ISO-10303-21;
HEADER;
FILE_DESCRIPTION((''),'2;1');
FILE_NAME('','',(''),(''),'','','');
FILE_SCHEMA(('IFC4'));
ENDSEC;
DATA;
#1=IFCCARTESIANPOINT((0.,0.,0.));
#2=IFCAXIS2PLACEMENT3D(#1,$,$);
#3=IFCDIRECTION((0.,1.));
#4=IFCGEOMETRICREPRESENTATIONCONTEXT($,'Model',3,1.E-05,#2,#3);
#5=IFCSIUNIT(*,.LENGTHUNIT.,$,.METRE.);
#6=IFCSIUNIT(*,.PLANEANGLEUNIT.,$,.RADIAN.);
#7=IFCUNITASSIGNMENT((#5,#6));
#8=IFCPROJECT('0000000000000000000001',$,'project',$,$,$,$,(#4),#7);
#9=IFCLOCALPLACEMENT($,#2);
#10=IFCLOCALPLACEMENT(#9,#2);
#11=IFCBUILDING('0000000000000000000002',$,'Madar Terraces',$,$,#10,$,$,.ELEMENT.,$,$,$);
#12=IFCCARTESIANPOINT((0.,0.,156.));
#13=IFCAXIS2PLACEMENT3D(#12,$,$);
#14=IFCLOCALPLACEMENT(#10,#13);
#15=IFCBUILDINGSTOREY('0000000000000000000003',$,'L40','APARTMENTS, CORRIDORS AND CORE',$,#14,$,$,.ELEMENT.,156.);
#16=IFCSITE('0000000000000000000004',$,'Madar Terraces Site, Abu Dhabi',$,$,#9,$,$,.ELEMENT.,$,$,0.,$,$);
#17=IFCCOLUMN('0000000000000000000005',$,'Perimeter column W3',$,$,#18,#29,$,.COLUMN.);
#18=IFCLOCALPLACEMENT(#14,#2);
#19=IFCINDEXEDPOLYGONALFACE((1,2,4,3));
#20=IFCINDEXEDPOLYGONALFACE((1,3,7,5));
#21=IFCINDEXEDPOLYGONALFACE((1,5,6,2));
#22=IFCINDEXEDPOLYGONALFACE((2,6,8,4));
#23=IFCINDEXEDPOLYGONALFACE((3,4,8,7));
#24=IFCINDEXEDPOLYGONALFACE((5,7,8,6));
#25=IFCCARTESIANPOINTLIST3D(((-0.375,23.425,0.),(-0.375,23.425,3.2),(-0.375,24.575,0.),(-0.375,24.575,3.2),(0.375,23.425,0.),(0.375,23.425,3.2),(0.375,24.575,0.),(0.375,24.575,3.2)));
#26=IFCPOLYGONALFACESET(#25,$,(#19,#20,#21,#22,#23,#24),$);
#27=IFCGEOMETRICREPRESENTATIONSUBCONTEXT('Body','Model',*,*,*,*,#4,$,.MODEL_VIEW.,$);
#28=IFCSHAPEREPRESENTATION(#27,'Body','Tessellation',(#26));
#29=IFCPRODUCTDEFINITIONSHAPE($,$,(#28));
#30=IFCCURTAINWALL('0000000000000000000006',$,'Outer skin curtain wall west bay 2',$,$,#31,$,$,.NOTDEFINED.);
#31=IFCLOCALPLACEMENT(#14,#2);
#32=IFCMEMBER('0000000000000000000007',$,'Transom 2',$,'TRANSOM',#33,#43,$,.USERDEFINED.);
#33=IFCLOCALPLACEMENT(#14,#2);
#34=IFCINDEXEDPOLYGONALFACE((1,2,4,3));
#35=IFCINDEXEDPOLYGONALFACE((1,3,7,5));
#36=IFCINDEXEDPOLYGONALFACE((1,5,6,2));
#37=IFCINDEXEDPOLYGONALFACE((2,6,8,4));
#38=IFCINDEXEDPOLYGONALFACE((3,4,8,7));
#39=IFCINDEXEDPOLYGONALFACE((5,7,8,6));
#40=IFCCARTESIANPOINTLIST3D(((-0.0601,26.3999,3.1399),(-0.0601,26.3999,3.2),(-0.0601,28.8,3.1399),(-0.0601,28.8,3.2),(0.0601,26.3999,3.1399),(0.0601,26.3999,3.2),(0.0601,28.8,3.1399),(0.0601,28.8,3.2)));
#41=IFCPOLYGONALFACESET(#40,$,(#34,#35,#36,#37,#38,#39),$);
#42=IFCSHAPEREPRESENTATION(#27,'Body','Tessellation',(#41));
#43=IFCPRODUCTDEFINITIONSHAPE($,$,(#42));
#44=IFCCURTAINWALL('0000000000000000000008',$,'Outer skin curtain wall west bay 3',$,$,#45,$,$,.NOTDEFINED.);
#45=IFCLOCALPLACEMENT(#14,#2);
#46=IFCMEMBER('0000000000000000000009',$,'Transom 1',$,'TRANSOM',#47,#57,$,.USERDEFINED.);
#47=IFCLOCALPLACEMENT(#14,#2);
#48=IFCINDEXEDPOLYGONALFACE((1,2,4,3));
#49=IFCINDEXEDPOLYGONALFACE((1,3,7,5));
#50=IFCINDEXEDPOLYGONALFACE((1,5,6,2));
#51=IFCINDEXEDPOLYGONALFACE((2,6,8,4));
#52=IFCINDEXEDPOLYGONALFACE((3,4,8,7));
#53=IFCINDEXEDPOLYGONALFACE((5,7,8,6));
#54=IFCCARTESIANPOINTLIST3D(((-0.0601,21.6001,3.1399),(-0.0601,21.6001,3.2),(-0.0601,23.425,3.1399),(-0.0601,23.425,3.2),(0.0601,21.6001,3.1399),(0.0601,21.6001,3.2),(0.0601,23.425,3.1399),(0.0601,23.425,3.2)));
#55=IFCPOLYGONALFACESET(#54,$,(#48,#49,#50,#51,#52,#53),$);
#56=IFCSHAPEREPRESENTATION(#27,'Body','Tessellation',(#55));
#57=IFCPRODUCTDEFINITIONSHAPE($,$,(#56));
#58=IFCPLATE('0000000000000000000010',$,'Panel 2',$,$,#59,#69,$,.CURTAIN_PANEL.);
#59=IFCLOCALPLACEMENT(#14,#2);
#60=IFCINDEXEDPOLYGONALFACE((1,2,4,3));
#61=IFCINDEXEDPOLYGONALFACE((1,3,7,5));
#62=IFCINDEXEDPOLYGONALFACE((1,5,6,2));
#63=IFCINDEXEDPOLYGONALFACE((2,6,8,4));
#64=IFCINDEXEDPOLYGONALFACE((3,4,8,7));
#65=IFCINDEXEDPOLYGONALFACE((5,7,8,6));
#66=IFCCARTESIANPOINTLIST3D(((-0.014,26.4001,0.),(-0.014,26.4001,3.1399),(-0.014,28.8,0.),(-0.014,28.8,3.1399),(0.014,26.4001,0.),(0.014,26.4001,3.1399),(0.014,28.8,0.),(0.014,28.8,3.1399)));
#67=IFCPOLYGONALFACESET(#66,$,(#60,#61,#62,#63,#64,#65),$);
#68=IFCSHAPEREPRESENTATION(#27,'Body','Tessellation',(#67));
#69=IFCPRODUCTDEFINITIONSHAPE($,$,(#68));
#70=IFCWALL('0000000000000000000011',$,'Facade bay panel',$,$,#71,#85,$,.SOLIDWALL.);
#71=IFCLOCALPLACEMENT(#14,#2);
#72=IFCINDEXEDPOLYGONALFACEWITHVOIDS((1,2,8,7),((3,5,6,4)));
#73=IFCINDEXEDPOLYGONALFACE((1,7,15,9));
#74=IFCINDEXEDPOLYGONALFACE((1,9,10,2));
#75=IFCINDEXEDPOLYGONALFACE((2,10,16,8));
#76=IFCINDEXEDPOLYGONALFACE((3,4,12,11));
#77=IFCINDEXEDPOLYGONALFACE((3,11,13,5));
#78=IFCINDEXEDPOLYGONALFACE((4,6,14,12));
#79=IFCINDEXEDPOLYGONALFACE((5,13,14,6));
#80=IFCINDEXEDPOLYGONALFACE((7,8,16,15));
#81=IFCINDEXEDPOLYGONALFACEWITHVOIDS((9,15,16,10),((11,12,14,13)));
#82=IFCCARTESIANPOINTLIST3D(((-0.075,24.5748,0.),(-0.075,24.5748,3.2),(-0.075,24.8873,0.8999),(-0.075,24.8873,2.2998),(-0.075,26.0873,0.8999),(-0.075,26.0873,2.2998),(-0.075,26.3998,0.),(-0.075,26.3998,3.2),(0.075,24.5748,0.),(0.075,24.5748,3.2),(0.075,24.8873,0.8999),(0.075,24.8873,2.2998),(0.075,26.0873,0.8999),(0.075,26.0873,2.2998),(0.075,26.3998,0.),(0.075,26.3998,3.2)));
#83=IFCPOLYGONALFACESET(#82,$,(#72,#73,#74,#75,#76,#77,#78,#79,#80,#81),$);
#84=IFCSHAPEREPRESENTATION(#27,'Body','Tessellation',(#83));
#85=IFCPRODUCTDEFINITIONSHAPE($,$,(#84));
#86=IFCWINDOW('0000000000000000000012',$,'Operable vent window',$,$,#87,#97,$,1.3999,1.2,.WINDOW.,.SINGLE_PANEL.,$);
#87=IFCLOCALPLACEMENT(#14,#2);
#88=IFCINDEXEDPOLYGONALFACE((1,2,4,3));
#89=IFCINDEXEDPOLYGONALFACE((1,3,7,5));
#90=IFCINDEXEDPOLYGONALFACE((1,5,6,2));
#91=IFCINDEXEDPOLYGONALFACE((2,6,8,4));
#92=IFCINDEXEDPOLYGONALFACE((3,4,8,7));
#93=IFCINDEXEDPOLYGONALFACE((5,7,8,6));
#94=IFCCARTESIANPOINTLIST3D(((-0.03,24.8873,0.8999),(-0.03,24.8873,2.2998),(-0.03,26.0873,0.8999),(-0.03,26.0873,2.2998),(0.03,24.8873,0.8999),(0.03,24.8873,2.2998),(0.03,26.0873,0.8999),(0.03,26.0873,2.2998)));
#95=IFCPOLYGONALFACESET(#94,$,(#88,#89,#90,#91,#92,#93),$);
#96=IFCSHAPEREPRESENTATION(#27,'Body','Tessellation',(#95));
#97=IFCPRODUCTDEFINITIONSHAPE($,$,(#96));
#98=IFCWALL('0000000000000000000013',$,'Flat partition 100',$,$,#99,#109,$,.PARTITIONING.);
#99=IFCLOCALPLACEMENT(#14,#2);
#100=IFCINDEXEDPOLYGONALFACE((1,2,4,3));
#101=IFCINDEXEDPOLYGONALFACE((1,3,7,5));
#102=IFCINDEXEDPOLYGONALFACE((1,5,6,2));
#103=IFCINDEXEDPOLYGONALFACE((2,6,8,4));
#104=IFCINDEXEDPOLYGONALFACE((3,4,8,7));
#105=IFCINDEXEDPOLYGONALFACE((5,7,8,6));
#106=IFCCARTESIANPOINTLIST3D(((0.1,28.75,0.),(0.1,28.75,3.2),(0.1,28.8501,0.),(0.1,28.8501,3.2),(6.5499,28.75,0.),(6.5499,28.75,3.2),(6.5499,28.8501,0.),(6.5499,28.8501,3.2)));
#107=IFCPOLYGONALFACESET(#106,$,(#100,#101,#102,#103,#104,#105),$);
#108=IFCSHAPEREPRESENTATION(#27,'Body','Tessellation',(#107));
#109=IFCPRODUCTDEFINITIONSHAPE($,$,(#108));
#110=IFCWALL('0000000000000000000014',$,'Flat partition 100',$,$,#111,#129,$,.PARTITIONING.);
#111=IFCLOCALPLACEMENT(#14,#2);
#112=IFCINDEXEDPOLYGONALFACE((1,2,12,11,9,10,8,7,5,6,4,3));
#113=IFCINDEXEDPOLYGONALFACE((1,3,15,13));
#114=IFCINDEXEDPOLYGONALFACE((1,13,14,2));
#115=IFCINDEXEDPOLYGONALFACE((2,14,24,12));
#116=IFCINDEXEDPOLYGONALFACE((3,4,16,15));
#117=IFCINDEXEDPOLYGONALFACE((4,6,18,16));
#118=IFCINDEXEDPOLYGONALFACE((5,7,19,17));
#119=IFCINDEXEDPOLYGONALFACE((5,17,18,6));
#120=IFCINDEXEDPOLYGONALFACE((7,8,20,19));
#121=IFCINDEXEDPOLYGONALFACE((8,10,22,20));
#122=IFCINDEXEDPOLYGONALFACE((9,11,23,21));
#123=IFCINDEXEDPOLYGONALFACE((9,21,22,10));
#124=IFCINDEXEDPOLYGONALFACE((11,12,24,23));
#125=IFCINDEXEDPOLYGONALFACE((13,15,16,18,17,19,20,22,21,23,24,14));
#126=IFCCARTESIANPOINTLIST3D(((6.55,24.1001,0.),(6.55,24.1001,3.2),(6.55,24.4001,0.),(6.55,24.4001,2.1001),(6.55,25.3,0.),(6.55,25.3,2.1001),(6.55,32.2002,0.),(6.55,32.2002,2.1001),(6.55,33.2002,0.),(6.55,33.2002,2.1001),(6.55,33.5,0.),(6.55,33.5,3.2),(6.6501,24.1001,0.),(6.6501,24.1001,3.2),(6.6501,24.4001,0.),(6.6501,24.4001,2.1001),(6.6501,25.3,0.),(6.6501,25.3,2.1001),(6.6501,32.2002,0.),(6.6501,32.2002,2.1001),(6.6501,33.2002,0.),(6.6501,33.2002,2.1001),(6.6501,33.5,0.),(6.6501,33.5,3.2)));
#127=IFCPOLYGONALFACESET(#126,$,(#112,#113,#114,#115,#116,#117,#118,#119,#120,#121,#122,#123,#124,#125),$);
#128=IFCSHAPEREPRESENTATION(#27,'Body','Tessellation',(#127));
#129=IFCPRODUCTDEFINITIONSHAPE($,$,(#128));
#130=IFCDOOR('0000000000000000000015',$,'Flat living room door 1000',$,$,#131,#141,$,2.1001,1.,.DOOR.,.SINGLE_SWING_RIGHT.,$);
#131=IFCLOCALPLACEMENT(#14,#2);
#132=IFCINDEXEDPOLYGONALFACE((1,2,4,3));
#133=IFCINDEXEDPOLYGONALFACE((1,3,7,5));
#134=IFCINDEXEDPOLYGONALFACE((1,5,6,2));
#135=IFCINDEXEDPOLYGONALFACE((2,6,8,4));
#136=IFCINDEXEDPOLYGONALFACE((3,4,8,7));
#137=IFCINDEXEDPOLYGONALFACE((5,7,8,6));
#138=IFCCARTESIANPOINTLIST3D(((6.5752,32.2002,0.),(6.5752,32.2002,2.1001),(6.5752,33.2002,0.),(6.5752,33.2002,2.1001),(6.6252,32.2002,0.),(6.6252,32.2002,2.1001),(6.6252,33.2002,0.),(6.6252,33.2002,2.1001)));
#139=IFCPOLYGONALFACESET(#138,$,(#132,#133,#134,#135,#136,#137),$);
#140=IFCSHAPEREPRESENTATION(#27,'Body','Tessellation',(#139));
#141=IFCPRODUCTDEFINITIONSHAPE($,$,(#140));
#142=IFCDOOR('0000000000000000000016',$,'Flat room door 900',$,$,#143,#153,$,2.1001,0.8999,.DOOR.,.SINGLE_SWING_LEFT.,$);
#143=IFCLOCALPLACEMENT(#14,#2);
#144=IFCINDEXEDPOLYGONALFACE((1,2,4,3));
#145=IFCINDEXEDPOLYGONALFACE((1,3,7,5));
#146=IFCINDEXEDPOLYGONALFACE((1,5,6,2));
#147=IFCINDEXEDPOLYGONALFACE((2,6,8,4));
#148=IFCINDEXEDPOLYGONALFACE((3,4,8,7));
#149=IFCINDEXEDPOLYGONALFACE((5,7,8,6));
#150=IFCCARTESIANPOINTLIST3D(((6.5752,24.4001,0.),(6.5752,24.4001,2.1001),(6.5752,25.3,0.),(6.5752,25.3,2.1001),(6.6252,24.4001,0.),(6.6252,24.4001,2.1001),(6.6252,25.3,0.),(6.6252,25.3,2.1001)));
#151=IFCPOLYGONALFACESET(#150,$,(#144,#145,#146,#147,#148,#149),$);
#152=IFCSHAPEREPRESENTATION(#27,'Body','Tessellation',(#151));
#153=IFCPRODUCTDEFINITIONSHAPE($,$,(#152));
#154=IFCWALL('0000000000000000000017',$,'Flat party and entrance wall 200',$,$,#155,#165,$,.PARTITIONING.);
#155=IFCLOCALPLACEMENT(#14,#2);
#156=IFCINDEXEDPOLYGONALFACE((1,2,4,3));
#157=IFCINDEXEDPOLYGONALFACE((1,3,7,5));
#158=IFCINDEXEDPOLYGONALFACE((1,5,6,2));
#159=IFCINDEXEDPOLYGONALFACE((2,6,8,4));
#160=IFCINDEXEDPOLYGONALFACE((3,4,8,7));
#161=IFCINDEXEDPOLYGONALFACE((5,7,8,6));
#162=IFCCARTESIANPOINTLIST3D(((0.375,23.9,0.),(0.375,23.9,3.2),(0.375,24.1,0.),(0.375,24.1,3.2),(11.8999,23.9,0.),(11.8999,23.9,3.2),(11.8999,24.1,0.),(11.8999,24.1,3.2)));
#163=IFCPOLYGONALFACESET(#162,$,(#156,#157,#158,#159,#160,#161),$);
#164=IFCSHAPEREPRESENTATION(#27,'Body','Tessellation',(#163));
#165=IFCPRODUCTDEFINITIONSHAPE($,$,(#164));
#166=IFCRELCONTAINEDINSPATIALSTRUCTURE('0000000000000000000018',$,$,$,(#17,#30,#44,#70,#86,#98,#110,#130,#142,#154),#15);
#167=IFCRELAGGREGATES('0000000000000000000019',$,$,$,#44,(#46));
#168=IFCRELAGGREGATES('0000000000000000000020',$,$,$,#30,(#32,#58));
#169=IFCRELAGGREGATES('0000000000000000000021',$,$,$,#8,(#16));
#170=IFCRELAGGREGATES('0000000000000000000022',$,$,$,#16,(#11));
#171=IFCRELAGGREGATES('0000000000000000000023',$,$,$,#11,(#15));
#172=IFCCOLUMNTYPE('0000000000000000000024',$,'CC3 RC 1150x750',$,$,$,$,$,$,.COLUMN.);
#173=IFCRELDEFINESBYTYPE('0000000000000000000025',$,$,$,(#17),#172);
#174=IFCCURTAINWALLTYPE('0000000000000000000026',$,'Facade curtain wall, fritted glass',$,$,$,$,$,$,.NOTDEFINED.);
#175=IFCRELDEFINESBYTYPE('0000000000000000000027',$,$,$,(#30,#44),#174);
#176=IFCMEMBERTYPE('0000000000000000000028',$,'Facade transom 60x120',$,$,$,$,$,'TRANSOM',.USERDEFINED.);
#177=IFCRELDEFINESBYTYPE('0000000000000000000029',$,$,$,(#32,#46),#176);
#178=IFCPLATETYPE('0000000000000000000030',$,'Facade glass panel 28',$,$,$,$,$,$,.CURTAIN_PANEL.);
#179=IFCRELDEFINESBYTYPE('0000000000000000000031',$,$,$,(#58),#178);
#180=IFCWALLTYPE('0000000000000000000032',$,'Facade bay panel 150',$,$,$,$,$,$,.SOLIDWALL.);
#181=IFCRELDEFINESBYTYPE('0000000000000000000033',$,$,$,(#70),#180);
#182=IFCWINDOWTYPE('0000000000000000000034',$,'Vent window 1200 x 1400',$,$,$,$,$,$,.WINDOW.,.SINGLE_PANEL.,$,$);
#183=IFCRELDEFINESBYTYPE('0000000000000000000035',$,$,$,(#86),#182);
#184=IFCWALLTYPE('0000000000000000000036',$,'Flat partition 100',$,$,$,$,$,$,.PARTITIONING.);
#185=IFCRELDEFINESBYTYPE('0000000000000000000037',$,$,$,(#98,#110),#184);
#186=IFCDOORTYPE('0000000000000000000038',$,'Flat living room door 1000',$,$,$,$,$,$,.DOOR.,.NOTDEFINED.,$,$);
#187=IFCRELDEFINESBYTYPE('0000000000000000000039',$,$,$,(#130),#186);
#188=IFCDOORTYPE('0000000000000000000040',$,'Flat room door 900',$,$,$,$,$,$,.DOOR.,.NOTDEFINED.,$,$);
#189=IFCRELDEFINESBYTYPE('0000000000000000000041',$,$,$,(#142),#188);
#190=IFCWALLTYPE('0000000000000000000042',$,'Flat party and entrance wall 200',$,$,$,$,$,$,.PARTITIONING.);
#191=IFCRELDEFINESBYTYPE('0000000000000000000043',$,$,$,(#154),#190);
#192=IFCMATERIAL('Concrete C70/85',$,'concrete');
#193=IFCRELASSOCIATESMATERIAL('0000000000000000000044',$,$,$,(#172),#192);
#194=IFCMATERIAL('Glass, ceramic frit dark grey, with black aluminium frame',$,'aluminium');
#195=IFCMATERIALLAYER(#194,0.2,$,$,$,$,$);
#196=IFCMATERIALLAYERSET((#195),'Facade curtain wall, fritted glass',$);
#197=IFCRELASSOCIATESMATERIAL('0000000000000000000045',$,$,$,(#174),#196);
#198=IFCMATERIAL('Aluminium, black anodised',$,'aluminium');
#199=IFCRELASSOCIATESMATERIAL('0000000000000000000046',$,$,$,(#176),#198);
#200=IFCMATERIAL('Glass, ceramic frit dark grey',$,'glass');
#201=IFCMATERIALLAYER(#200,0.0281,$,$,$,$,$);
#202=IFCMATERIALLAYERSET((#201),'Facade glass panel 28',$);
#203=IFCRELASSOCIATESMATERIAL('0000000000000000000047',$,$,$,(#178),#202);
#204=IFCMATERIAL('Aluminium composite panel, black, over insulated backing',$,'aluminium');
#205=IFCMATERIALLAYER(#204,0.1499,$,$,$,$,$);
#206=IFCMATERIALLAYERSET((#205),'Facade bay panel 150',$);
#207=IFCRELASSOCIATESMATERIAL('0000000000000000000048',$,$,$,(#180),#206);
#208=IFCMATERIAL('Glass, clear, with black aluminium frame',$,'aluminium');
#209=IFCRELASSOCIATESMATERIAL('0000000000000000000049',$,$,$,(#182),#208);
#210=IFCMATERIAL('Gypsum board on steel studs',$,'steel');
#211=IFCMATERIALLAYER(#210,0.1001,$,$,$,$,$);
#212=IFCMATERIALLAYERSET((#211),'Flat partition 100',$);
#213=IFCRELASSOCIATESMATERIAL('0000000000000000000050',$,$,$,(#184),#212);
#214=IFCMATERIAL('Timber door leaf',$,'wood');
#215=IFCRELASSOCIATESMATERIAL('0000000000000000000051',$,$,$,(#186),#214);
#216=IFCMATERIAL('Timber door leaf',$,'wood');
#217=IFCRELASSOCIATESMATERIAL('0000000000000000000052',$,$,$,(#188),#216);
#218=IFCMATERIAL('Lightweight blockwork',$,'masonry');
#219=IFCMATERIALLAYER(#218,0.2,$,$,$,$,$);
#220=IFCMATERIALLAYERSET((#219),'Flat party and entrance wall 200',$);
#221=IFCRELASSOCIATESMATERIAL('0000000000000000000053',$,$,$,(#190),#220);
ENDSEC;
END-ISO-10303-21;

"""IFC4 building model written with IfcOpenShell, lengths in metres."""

from ifc_helpers import new_model, si_unit, direction, frame, frame_2d, origin, origin_2d, place, context, subcontext, project, spatial, rectangle, extrude, material, layer, layer_set, material_profile, profile_set, type_object, element, fill, aggregate, save


model = new_model("IFC4")

# Units and contexts
model_context = context("Model", 3, precision=1e-05, world=origin(), true_north=direction((0.0, 1.0)))
body_context = subcontext(model_context, "Body", "Model", "MODEL_VIEW")
ifc_project = project(units=[si_unit("LENGTHUNIT", "METRE"), si_unit("PLANEANGLEUNIT", "RADIAN")], contexts=[model_context])

# Site, building, storey
site_placement = place(None, origin())
site = spatial("IfcSite", under=ifc_project, at=site_placement, Name="Madar Terraces Site, Abu Dhabi", CompositionType="ELEMENT", RefElevation=0.0)
building_placement = place(site_placement, origin())
building = spatial("IfcBuilding", under=site, at=building_placement, Name="Madar Terraces", CompositionType="ELEMENT")
storey_placement = place(building_placement, frame((0.0, 0.0, 156.0)))
storey = spatial("IfcBuildingStorey", under=building, at=storey_placement, Name="L40", Description="APARTMENTS, CORRIDORS AND CORE", CompositionType="ELEMENT", Elevation=156.0)

# Column
ifc_material_1 = material(Name="Concrete C70/85", Category="concrete")
ifc_material_profile_1 = material_profile(ifc_material_1, rectangle(XDim=1.1499, YDim=0.75, at=origin_2d()), Name="CC3 RC 1150x750")
ifc_profile_set_1 = profile_set([ifc_material_profile_1], Name="Concrete C70/85")
column_type = type_object("IfcColumnType", Name="CC3 RC 1150x750", PredefinedType="COLUMN", material=ifc_profile_set_1)
column_placement = place(storey_placement, frame((0.0, 24.0, 0.0), z_axis=(0.0, 0.0, 1.0), x_axis=(0.0, 1.0, 0.0)))
element("IfcColumn", 1, at=column_placement, inside=storey, type_object=column_type, Name="Perimeter column W3", PredefinedType="COLUMN", context=body_context, shape_type="SweptSolid", body=[
    extrude(rectangle(XDim=1.1499, YDim=0.75, at=origin_2d()), origin(), (0.0, 0.0, 1.0), 3.2),
])

# Curtain walls, members
ifc_material_2 = material(Name="Glass, ceramic frit dark grey, with black aluminium frame", Category="aluminium")
ifc_layer_1 = layer(ifc_material_2, 0.2)
ifc_layer_set_1 = layer_set([ifc_layer_1], Name="Facade curtain wall, fritted glass")
curtain_wall_type = type_object("IfcCurtainWallType", Name="Facade curtain wall, fritted glass", PredefinedType="NOTDEFINED", material=ifc_layer_set_1)
curtain_wall_1_placement = place(storey_placement, origin())
curtain_wall_1 = element("IfcCurtainWall", 2, at=curtain_wall_1_placement, inside=storey, type_object=curtain_wall_type, Name="Outer skin curtain wall west bay 2", PredefinedType="NOTDEFINED")
ifc_material_3 = material(Name="Aluminium, black anodised", Category="aluminium")
ifc_material_profile_2 = material_profile(ifc_material_3, rectangle(XDim=0.1201, YDim=0.0601, at=origin_2d()), Name="Facade transom 60x120")
ifc_profile_set_2 = profile_set([ifc_material_profile_2], Name="Aluminium, black anodised")
member_type = type_object("IfcMemberType", Name="Facade transom 60x120", ElementType="TRANSOM", PredefinedType="USERDEFINED", material=ifc_profile_set_2)
member_1_placement = place(storey_placement, frame((0.0, 28.8, 3.1699), z_axis=(0.0, -1.0, 0.0), x_axis=(1.0, 0.0, 0.0)))
member_1 = element("IfcMember", 3, at=member_1_placement, type_object=member_type, Name="Transom 2", ObjectType="TRANSOM", PredefinedType="USERDEFINED", context=body_context, shape_type="SweptSolid", body=[
    extrude(rectangle(XDim=0.1201, YDim=0.0601, at=origin_2d()), origin(), (0.0, 0.0, 1.0), 2.4001),
])
curtain_wall_2_placement = place(storey_placement, origin())
curtain_wall_2 = element("IfcCurtainWall", 4, at=curtain_wall_2_placement, inside=storey, type_object=curtain_wall_type, Name="Outer skin curtain wall west bay 3", PredefinedType="NOTDEFINED")
member_2_placement = place(storey_placement, frame((0.0, 23.425, 3.1699), z_axis=(0.0, -1.0, 0.0), x_axis=(1.0, 0.0, 0.0)))
member_2 = element("IfcMember", 5, at=member_2_placement, type_object=member_type, Name="Transom 1", ObjectType="TRANSOM", PredefinedType="USERDEFINED", context=body_context, shape_type="SweptSolid", body=[
    extrude(rectangle(XDim=0.1201, YDim=0.0601, at=origin_2d()), origin(), (0.0, 0.0, 1.0), 1.825),
])
aggregate(curtain_wall_2, [member_2])

# Plate
ifc_material_4 = material(Name="Glass, ceramic frit dark grey", Category="glass")
ifc_layer_2 = layer(ifc_material_4, 0.0281)
ifc_layer_set_2 = layer_set([ifc_layer_2], Name="Facade glass panel 28")
plate_type = type_object("IfcPlateType", Name="Facade glass panel 28", PredefinedType="CURTAIN_PANEL", material=ifc_layer_set_2)
plate_placement = place(storey_placement, frame((0.0, 27.6001, 0.0), z_axis=(0.0, 0.0, 1.0), x_axis=(0.0, -1.0, 0.0)))
plate = element("IfcPlate", 6, at=plate_placement, type_object=plate_type, Name="Panel 2", PredefinedType="CURTAIN_PANEL", context=body_context, shape_type="SweptSolid", body=[
    extrude(rectangle(XDim=2.3999, YDim=0.0281, at=origin_2d()), origin(), (0.0, 0.0, 1.0), 3.1399),
])
aggregate(curtain_wall_1, [member_1, plate])

# Shared definitions
ifc_material_5 = material(Name="Aluminium composite panel, black, over insulated backing", Category="aluminium")
ifc_layer_3 = layer(ifc_material_5, 0.1499)
ifc_layer_set_3 = layer_set([ifc_layer_3], Name="Facade bay panel 150")
wall_type_1 = type_object("IfcWallType", Name="Facade bay panel 150", PredefinedType="SOLIDWALL", material=ifc_layer_set_3)

# Wall, opening, window
wall_1_placement = place(storey_placement, frame((0.0, 26.3999, 0.0), z_axis=(0.0, 0.0, 1.0), x_axis=(0.0, -1.0, 0.0)))
wall_1 = element("IfcWall", 7, at=wall_1_placement, inside=storey, type_object=wall_type_1, Name="Facade bay panel", PredefinedType="SOLIDWALL", context=body_context, shape_type="SweptSolid", body=[
    extrude(rectangle(XDim=1.825, YDim=0.1499, at=frame_2d((0.9126, 0.0))), origin(), (0.0, 0.0, 1.0), 3.2),
])
opening_1_placement = place(wall_1_placement, frame((0.3125, 0.0, 0.8999)))
opening_1 = element("IfcOpeningElement", 8, at=opening_1_placement, cuts=wall_1, PredefinedType="OPENING", context=body_context, shape_type="SweptSolid", body=[
    extrude(rectangle(XDim=1.2, YDim=1.3999, at=frame_2d((0.6001, 0.7))), frame((0.0, 0.085, 0.0), z_axis=(0.0, -1.0, 0.0), x_axis=(1.0, 0.0, 0.0)), (0.0, 0.0, 1.0), 0.1699),
])
ifc_material_6 = material(Name="Glass, clear, with black aluminium frame", Category="aluminium")
window_type = type_object("IfcWindowType", Name="Vent window 1200 x 1400", PartitioningType="SINGLE_PANEL", PredefinedType="WINDOW", material=ifc_material_6)
window_placement = place(opening_1_placement, origin())
window = element("IfcWindow", 9, at=window_placement, inside=storey, type_object=window_type, Name="Operable vent window", OverallHeight=1.3999, OverallWidth=1.2, PartitioningType="SINGLE_PANEL", PredefinedType="WINDOW", context=body_context, shape_type="SweptSolid", body=[
    extrude(rectangle(XDim=1.2, YDim=1.3999, at=frame_2d((0.6001, 0.7))), frame((0.0, 0.03, 0.0), z_axis=(0.0, -1.0, 0.0), x_axis=(1.0, 0.0, 0.0)), (0.0, 0.0, 1.0), 0.0601),
])
fill(opening_1, window)

# Wall
ifc_material_7 = material(Name="Gypsum board on steel studs", Category="steel")
ifc_layer_4 = layer(ifc_material_7, 0.1001)
ifc_layer_set_4 = layer_set([ifc_layer_4], Name="Flat partition 100")
wall_type_2 = type_object("IfcWallType", Name="Flat partition 100", PredefinedType="PARTITIONING", material=ifc_layer_set_4)
wall_2_placement = place(storey_placement, frame((6.55, 28.8, 0.0), z_axis=(0.0, 0.0, 1.0), x_axis=(-1.0, 0.0, 0.0)))
element("IfcWall", 10, at=wall_2_placement, inside=storey, type_object=wall_type_2, Name="Flat partition 100", PredefinedType="PARTITIONING", context=body_context, shape_type="SweptSolid", body=[
    extrude(rectangle(XDim=6.45, YDim=0.1001, at=frame_2d((3.2251, 0.0))), origin(), (0.0, 0.0, 1.0), 3.2),
])

# Wall, openings, doors
wall_3_placement = place(storey_placement, frame((6.6001, 24.1001, 0.0), z_axis=(0.0, 0.0, 1.0), x_axis=(0.0, 1.0, 0.0)))
wall_3 = element("IfcWall", 11, at=wall_3_placement, inside=storey, type_object=wall_type_2, Name="Flat partition 100", PredefinedType="PARTITIONING", context=body_context, shape_type="SweptSolid", body=[
    extrude(rectangle(XDim=9.3999, YDim=0.1001, at=frame_2d((4.7, 0.0))), origin(), (0.0, 0.0, 1.0), 3.2),
])
opening_2_placement = place(wall_3_placement, frame((8.1001, 0.0, 0.0)))
opening_2 = element("IfcOpeningElement", 12, at=opening_2_placement, cuts=wall_3, PredefinedType="OPENING", context=body_context, shape_type="SweptSolid", body=[
    extrude(rectangle(XDim=1.0, YDim=2.1001, at=frame_2d((0.5, 1.05))), frame((0.0, 0.0601, 0.0), z_axis=(0.0, -1.0, 0.0), x_axis=(1.0, 0.0, 0.0)), (0.0, 0.0, 1.0), 0.1201),
])
opening_3_placement = place(wall_3_placement, frame((0.3, 0.0, 0.0)))
opening_3 = element("IfcOpeningElement", 13, at=opening_3_placement, cuts=wall_3, PredefinedType="OPENING", context=body_context, shape_type="SweptSolid", body=[
    extrude(rectangle(XDim=0.8999, YDim=2.1001, at=frame_2d((0.45, 1.05))), frame((0.0, 0.0601, 0.0), z_axis=(0.0, -1.0, 0.0), x_axis=(1.0, 0.0, 0.0)), (0.0, 0.0, 1.0), 0.1201),
])
ifc_material_8 = material(Name="Timber door leaf", Category="wood")
door_type_1 = type_object("IfcDoorType", Name="Flat living room door 1000", OperationType="NOTDEFINED", PredefinedType="DOOR", material=ifc_material_8)
door_1_placement = place(opening_2_placement, origin())
door_1 = element("IfcDoor", 14, at=door_1_placement, inside=storey, type_object=door_type_1, Name="Flat living room door 1000", OperationType="SINGLE_SWING_RIGHT", OverallHeight=2.1001, OverallWidth=1.0, PredefinedType="DOOR", context=body_context, shape_type="SweptSolid", body=[
    extrude(rectangle(XDim=1.0, YDim=2.1001, at=frame_2d((0.5, 1.05))), frame((0.0, 0.0249, 0.0), z_axis=(0.0, -1.0, 0.0), x_axis=(1.0, 0.0, 0.0)), (0.0, 0.0, 1.0), 0.05),
])
fill(opening_2, door_1)
ifc_material_9 = material(Name="Timber door leaf", Category="wood")
door_type_2 = type_object("IfcDoorType", Name="Flat room door 900", OperationType="NOTDEFINED", PredefinedType="DOOR", material=ifc_material_9)
door_2_placement = place(opening_3_placement, origin())
door_2 = element("IfcDoor", 15, at=door_2_placement, inside=storey, type_object=door_type_2, Name="Flat room door 900", OperationType="SINGLE_SWING_LEFT", OverallHeight=2.1001, OverallWidth=0.8999, PredefinedType="DOOR", context=body_context, shape_type="SweptSolid", body=[
    extrude(rectangle(XDim=0.8999, YDim=2.1001, at=frame_2d((0.45, 1.05))), frame((0.0, 0.0249, 0.0), z_axis=(0.0, -1.0, 0.0), x_axis=(1.0, 0.0, 0.0)), (0.0, 0.0, 1.0), 0.05),
])
fill(opening_3, door_2)

# Wall
ifc_material_10 = material(Name="Lightweight blockwork", Category="masonry")
ifc_layer_5 = layer(ifc_material_10, 0.2)
ifc_layer_set_5 = layer_set([ifc_layer_5], Name="Flat party and entrance wall 200")
wall_type_3 = type_object("IfcWallType", Name="Flat party and entrance wall 200", PredefinedType="PARTITIONING", material=ifc_layer_set_5)
wall_4_placement = place(storey_placement, frame((0.375, 24.0, 0.0), z_axis=(0.0, 0.0, 1.0), x_axis=(1.0, 0.0, 0.0)))
element("IfcWall", 16, at=wall_4_placement, inside=storey, type_object=wall_type_3, Name="Flat party and entrance wall 200", PredefinedType="PARTITIONING", context=body_context, shape_type="SweptSolid", body=[
    extrude(rectangle(XDim=11.5249, YDim=0.2, at=frame_2d((5.7625, 0.0))), origin(), (0.0, 0.0, 1.0), 3.2),
])

save(model, "model.ifc")
